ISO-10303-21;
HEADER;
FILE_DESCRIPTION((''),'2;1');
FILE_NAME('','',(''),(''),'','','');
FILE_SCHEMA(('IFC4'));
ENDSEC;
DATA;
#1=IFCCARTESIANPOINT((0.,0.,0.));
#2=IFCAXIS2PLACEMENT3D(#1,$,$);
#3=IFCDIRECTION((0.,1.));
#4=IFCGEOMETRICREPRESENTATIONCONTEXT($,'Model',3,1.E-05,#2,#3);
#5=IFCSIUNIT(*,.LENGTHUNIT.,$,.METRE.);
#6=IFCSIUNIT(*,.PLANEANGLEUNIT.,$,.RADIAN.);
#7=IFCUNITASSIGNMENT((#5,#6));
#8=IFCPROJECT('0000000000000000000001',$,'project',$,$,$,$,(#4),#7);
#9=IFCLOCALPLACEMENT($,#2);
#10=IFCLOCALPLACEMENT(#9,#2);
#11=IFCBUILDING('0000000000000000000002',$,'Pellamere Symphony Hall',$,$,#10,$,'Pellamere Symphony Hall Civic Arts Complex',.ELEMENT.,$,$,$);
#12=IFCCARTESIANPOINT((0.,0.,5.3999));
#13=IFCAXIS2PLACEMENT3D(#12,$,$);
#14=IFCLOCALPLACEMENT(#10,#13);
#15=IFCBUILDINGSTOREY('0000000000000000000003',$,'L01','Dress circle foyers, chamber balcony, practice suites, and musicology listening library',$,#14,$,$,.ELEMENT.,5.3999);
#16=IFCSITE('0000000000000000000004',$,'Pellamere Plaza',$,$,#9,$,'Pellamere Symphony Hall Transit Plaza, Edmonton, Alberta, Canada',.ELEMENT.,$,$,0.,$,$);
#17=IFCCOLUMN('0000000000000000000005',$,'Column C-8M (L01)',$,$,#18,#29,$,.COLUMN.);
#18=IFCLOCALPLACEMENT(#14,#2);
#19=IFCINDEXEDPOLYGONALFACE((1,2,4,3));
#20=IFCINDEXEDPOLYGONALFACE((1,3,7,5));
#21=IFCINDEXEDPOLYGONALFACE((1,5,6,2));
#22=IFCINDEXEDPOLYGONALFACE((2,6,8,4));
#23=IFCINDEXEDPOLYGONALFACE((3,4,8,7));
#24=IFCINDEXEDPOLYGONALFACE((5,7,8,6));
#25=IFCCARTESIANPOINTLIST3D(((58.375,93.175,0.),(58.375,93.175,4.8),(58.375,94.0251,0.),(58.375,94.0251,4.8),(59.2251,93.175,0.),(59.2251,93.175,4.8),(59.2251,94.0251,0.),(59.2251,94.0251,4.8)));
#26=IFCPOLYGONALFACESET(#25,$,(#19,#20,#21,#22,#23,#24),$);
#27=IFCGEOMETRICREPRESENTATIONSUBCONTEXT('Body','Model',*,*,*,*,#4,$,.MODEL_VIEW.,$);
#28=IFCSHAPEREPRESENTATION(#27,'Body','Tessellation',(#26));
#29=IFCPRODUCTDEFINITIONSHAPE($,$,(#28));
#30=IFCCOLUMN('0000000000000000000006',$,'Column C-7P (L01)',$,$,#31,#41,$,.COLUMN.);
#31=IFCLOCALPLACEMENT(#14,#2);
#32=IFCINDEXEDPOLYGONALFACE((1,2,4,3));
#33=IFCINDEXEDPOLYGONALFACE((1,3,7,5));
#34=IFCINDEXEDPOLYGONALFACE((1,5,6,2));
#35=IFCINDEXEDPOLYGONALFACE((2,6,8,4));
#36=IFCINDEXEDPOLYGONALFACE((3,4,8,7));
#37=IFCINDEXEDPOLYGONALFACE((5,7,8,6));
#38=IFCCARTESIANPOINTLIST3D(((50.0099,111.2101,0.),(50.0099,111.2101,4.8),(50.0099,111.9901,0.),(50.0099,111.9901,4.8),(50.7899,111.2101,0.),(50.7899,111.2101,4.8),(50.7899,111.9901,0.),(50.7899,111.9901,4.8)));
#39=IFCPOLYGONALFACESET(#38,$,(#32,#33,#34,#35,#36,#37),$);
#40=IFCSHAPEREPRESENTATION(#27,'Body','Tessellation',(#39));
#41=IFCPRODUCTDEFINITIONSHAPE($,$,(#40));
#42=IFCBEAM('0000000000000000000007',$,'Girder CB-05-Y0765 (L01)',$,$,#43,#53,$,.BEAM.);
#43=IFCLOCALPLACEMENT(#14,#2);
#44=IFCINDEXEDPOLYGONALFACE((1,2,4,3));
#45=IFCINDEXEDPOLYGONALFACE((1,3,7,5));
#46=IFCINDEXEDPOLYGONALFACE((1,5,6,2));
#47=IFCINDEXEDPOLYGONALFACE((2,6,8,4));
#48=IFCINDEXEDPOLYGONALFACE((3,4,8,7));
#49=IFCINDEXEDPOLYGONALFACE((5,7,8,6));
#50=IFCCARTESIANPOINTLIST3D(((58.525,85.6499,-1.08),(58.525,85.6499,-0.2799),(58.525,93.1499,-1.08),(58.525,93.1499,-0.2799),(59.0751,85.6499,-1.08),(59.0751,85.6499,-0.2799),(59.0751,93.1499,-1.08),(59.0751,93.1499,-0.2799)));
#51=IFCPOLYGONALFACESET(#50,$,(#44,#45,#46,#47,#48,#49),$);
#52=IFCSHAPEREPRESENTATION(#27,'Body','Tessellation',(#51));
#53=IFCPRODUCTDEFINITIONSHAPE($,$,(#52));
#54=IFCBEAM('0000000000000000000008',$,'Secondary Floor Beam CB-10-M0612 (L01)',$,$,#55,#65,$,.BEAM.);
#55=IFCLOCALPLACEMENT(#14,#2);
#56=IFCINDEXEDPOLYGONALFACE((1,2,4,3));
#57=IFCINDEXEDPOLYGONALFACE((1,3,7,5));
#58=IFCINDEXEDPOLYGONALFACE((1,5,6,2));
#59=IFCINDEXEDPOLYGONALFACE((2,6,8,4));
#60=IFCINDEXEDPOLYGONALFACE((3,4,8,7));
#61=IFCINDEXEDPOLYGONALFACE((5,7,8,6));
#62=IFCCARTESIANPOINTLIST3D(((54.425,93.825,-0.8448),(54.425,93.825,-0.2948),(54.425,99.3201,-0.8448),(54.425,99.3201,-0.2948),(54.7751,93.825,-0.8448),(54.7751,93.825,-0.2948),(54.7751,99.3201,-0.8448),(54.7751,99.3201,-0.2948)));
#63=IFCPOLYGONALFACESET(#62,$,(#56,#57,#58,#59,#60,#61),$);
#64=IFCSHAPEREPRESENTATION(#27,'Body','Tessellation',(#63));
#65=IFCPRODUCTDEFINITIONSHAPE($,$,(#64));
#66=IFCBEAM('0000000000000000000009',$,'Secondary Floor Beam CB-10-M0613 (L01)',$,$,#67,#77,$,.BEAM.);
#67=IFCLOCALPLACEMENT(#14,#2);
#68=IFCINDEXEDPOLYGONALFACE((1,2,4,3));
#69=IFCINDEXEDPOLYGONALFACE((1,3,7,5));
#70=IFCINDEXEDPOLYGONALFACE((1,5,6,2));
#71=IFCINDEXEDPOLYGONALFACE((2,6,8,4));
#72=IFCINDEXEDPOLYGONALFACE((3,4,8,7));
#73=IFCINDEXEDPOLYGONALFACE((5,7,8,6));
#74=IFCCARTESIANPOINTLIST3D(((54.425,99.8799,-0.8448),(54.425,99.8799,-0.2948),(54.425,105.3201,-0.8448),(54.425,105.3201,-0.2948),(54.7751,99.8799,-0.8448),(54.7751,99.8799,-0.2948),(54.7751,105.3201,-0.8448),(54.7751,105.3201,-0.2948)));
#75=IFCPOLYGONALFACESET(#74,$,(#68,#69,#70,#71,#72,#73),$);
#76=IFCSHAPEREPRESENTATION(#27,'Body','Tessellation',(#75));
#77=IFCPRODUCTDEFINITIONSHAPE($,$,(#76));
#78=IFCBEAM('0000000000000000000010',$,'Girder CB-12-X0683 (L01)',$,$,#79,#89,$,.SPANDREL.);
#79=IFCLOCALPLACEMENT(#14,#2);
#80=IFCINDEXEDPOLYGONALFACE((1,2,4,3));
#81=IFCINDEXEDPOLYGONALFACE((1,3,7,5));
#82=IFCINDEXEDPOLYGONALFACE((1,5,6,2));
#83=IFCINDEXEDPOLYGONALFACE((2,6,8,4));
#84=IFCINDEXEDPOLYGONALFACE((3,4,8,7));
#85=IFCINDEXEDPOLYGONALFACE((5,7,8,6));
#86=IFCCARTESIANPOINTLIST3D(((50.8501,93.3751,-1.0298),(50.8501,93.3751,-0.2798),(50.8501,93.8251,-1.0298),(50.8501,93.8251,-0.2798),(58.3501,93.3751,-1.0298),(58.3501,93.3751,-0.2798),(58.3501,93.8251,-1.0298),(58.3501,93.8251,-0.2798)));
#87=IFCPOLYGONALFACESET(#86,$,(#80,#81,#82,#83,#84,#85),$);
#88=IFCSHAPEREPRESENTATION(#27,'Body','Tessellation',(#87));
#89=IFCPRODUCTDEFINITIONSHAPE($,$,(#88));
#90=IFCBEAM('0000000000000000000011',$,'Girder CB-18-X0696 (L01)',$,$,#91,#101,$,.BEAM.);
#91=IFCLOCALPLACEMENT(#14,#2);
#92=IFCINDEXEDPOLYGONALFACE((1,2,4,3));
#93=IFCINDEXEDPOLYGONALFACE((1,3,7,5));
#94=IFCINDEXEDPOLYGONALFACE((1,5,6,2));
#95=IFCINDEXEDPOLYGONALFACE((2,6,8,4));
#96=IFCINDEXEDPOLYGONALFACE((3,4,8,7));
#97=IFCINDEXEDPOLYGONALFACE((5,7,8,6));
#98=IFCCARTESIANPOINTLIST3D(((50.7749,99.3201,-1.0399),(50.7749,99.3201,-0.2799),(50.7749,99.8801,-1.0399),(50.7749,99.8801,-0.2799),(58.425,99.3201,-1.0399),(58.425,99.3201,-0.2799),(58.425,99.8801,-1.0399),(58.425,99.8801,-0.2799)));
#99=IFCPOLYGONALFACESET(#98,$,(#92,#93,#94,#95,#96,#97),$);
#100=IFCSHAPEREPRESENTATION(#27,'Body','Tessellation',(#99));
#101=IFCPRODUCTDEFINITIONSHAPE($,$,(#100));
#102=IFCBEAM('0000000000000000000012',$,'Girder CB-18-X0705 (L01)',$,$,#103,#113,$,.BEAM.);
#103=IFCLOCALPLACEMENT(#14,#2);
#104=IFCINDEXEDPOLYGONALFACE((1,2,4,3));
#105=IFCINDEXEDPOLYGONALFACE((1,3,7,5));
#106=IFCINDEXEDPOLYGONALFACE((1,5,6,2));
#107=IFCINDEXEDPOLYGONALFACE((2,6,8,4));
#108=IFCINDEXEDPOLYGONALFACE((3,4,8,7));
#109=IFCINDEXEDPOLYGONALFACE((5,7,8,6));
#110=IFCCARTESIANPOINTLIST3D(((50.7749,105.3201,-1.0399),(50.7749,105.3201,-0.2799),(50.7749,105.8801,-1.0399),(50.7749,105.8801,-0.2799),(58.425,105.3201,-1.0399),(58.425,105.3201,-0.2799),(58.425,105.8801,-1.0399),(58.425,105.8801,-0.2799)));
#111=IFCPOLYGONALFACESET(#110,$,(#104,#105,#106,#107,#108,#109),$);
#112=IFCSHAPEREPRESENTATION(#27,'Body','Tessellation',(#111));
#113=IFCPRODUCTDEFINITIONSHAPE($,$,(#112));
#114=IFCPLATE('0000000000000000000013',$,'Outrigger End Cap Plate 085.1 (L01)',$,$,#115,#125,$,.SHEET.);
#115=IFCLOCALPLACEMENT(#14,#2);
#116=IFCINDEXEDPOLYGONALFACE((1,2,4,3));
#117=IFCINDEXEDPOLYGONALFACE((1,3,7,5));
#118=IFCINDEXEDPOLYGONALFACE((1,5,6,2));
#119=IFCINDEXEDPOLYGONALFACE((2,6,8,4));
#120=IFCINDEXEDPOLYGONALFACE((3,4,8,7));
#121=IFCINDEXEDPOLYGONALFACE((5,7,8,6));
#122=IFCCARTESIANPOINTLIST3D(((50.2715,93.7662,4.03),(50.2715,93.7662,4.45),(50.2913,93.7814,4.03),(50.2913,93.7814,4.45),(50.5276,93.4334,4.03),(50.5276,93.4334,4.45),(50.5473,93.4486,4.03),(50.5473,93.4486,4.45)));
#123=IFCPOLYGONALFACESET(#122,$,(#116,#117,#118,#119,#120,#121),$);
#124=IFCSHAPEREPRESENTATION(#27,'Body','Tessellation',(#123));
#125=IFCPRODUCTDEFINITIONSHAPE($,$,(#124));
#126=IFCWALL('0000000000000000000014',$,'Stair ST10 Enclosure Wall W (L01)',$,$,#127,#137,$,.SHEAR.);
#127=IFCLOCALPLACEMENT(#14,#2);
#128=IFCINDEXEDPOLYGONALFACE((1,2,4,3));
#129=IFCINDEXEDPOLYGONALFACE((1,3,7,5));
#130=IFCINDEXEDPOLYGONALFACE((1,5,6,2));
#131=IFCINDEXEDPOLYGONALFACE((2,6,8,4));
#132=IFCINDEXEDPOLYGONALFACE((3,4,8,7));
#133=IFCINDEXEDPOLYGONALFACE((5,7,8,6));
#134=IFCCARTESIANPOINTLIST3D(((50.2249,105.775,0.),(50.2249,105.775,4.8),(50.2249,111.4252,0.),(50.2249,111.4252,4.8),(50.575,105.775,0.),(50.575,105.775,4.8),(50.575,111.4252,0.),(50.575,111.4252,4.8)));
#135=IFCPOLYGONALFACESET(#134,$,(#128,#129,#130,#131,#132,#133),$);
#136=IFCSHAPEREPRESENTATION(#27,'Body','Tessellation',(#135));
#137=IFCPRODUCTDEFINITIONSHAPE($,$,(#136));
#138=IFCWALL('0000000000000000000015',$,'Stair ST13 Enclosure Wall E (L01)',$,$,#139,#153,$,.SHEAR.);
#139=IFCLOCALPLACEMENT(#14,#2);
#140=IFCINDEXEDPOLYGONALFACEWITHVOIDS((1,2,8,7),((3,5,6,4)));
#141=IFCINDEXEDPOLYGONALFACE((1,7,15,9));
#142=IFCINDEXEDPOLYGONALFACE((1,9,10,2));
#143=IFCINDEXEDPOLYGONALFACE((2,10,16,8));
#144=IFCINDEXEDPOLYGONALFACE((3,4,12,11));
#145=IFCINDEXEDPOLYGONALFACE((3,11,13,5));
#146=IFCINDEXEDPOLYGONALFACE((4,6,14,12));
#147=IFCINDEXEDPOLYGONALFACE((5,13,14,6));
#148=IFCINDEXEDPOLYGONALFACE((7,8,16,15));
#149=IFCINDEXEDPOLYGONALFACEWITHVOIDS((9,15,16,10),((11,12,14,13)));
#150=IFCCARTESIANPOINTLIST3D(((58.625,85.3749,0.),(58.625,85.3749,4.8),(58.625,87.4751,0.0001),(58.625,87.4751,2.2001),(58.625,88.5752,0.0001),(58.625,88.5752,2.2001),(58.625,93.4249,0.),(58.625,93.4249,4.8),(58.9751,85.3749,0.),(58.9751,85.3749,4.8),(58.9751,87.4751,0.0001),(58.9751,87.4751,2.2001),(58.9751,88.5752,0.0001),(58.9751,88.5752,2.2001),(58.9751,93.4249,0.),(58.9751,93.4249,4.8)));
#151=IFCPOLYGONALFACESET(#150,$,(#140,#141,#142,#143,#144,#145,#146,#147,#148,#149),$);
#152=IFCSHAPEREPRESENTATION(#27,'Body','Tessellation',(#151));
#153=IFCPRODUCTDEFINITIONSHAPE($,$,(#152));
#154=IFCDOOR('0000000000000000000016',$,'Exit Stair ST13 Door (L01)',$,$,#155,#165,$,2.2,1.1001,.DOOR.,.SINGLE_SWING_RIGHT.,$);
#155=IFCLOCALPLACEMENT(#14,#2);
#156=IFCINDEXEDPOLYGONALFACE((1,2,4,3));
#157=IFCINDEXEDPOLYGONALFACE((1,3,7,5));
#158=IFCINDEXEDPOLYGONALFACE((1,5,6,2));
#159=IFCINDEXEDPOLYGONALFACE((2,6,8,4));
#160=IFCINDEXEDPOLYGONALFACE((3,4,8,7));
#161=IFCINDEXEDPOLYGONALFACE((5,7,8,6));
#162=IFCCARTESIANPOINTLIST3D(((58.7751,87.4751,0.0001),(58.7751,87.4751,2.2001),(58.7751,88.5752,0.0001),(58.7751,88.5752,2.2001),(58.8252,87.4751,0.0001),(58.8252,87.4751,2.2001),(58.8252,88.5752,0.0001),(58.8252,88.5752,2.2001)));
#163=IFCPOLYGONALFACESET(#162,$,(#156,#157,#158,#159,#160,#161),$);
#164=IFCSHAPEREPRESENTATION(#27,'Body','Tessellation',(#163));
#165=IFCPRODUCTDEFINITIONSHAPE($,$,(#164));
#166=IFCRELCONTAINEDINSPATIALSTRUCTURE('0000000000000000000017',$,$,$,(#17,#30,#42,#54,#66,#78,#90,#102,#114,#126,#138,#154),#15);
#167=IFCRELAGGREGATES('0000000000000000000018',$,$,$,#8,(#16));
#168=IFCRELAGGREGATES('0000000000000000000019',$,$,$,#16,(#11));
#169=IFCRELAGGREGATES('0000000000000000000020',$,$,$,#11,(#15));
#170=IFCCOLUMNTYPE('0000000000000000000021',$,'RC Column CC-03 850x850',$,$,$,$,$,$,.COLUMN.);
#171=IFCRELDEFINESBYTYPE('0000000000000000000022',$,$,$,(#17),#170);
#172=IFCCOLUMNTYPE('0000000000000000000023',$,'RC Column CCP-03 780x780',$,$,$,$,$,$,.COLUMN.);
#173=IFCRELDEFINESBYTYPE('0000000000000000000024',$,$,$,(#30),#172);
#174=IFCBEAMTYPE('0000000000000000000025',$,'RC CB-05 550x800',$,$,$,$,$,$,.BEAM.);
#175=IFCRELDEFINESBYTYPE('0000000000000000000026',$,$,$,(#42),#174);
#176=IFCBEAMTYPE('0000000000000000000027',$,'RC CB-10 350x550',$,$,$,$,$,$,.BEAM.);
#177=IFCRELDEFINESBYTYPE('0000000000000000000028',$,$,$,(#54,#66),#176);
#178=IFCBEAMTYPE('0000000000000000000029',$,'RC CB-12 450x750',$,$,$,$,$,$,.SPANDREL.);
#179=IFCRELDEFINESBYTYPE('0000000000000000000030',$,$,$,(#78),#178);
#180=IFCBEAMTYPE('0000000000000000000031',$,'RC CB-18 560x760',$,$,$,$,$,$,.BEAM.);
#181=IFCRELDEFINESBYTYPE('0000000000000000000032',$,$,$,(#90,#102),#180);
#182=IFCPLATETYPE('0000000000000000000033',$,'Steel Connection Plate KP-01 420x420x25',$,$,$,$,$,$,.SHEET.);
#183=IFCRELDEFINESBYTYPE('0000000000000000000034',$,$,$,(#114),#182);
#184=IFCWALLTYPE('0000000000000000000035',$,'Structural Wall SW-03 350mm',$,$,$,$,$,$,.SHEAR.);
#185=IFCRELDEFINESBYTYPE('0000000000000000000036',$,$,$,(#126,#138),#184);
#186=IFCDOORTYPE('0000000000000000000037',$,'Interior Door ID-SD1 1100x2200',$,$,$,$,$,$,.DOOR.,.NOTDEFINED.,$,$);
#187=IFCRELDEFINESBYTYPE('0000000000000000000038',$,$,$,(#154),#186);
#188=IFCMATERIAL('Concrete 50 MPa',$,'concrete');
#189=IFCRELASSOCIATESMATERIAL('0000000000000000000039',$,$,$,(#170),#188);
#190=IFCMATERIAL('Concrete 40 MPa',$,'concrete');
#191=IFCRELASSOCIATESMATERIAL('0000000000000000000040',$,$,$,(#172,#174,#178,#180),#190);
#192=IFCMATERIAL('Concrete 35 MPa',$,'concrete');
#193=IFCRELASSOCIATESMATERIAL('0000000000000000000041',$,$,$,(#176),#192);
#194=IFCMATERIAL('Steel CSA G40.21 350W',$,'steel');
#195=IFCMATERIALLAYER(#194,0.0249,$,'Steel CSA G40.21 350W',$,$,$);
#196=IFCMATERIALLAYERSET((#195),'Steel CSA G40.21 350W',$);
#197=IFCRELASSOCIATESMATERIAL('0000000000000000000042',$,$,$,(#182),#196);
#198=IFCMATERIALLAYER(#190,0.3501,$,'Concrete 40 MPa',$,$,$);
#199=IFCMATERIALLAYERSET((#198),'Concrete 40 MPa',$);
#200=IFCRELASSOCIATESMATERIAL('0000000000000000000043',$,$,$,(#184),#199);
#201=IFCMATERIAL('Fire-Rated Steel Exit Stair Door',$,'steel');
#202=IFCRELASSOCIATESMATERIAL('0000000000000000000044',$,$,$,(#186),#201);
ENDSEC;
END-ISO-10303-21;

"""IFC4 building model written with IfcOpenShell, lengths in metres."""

from ifc_helpers import new_model, si_unit, direction, frame, frame_2d, origin, origin_2d, place, context, subcontext, project, spatial, rectangle, extrude, material, layer, layer_set, material_profile, profile_set, type_object, element, fill, save


model = new_model("IFC4")

# Units and contexts
model_context = context("Model", 3, precision=1e-05, world=origin(), true_north=direction((0.0, 1.0)))
body_context = subcontext(model_context, "Body", "Model", "MODEL_VIEW")
ifc_project = project(units=[si_unit("LENGTHUNIT", "METRE"), si_unit("PLANEANGLEUNIT", "RADIAN")], contexts=[model_context])

# Site, building, storey
site_placement = place(None, origin())
site = spatial("IfcSite", under=ifc_project, at=site_placement, Name="Pellamere Plaza", LongName="Pellamere Symphony Hall Transit Plaza, Edmonton, Alberta, Canada", CompositionType="ELEMENT", RefElevation=0.0)
building_placement = place(site_placement, origin())
building = spatial("IfcBuilding", under=site, at=building_placement, Name="Pellamere Symphony Hall", LongName="Pellamere Symphony Hall Civic Arts Complex", CompositionType="ELEMENT")
storey_placement = place(building_placement, frame((0.0, 0.0, 5.3999)))
storey = spatial("IfcBuildingStorey", under=building, at=storey_placement, Name="L01", Description="Dress circle foyers, chamber balcony, practice suites, and musicology listening library", CompositionType="ELEMENT", Elevation=5.3999)

# Columns
ifc_material_1 = material(Name="Concrete 50 MPa", Category="concrete")
ifc_material_profile_1 = material_profile(ifc_material_1, rectangle(XDim=0.8501, YDim=0.8501, at=origin_2d()), Name="RC 850x850")
ifc_profile_set_1 = profile_set([ifc_material_profile_1], Name="Concrete 50 MPa")
column_type_1 = type_object("IfcColumnType", Name="RC Column CC-03 850x850", PredefinedType="COLUMN", material=ifc_profile_set_1)
column_1_placement = place(storey_placement, frame((58.8, 93.6001, 0.0), z_axis=(0.0, 0.0, 1.0), x_axis=(1.0, 0.0, 0.0)))
element("IfcColumn", 1, at=column_1_placement, inside=storey, type_object=column_type_1, Name="Column C-8M (L01)", PredefinedType="COLUMN", context=body_context, shape_type="SweptSolid", body=[
    extrude(rectangle(XDim=0.8501, YDim=0.8501, at=origin_2d()), origin(), (0.0, 0.0, 1.0), 4.8),
])
ifc_material_2 = material(Name="Concrete 40 MPa", Category="concrete")
ifc_material_profile_2 = material_profile(ifc_material_2, rectangle(XDim=0.78, YDim=0.78, at=origin_2d()), Name="RC 780x780")
ifc_profile_set_2 = profile_set([ifc_material_profile_2], Name="Concrete 40 MPa")
column_type_2 = type_object("IfcColumnType", Name="RC Column CCP-03 780x780", PredefinedType="COLUMN", material=ifc_profile_set_2)
column_2_placement = place(storey_placement, frame((50.3999, 111.6001, 0.0), z_axis=(0.0, 0.0, 1.0), x_axis=(1.0, 0.0, 0.0)))
element("IfcColumn", 2, at=column_2_placement, inside=storey, type_object=column_type_2, Name="Column C-7P (L01)", PredefinedType="COLUMN", context=body_context, shape_type="SweptSolid", body=[
    extrude(rectangle(XDim=0.78, YDim=0.78, at=origin_2d()), origin(), (0.0, 0.0, 1.0), 4.8),
])

# Beams
ifc_material_profile_3 = material_profile(ifc_material_2, rectangle(XDim=0.55, YDim=0.8, at=origin_2d()), Name="RC 550x800")
ifc_profile_set_3 = profile_set([ifc_material_profile_3], Name="Concrete 40 MPa")
beam_type_1 = type_object("IfcBeamType", Name="RC CB-05 550x800", PredefinedType="BEAM", material=ifc_profile_set_3)
beam_1_placement = place(storey_placement, frame((58.8, 85.6499, -0.6799), z_axis=(0.0, 1.0, 0.0), x_axis=(-1.0, 0.0, 0.0)))
element("IfcBeam", 3, at=beam_1_placement, inside=storey, type_object=beam_type_1, Name="Girder CB-05-Y0765 (L01)", PredefinedType="BEAM", context=body_context, shape_type="SweptSolid", body=[
    extrude(rectangle(XDim=0.55, YDim=0.8, at=origin_2d()), origin(), (0.0, 0.0, 1.0), 7.5),
])
ifc_material_3 = material(Name="Concrete 35 MPa", Category="concrete")
ifc_material_profile_4 = material_profile(ifc_material_3, rectangle(XDim=0.3501, YDim=0.55, at=origin_2d()), Name="RC 350x550")
ifc_profile_set_4 = profile_set([ifc_material_profile_4], Name="Concrete 35 MPa")
beam_type_2 = type_object("IfcBeamType", Name="RC CB-10 350x550", PredefinedType="BEAM", material=ifc_profile_set_4)
beam_2_placement = place(storey_placement, frame((54.6001, 93.825, -0.5698), z_axis=(0.0, 1.0, 0.0), x_axis=(-1.0, 0.0, 0.0)))
element("IfcBeam", 4, at=beam_2_placement, inside=storey, type_object=beam_type_2, Name="Secondary Floor Beam CB-10-M0612 (L01)", PredefinedType="BEAM", context=body_context, shape_type="SweptSolid", body=[
    extrude(rectangle(XDim=0.3501, YDim=0.55, at=origin_2d()), origin(), (0.0, 0.0, 1.0), 5.4951),
])
beam_3_placement = place(storey_placement, frame((54.6001, 99.8799, -0.5698), z_axis=(0.0, 1.0, 0.0), x_axis=(-1.0, 0.0, 0.0)))
element("IfcBeam", 5, at=beam_3_placement, inside=storey, type_object=beam_type_2, Name="Secondary Floor Beam CB-10-M0613 (L01)", PredefinedType="BEAM", context=body_context, shape_type="SweptSolid", body=[
    extrude(rectangle(XDim=0.3501, YDim=0.55, at=origin_2d()), origin(), (0.0, 0.0, 1.0), 5.4402),
])
ifc_material_profile_5 = material_profile(ifc_material_2, rectangle(XDim=0.45, YDim=0.75, at=origin_2d()), Name="RC 450x750")
ifc_profile_set_5 = profile_set([ifc_material_profile_5], Name="Concrete 40 MPa")
beam_type_3 = type_object("IfcBeamType", Name="RC CB-12 450x750", PredefinedType="SPANDREL", material=ifc_profile_set_5)
beam_4_placement = place(storey_placement, frame((50.8501, 93.6001, -0.6548), z_axis=(1.0, 0.0, 0.0), x_axis=(0.0, 1.0, 0.0)))
element("IfcBeam", 6, at=beam_4_placement, inside=storey, type_object=beam_type_3, Name="Girder CB-12-X0683 (L01)", PredefinedType="SPANDREL", context=body_context, shape_type="SweptSolid", body=[
    extrude(rectangle(XDim=0.45, YDim=0.75, at=origin_2d()), origin(), (0.0, 0.0, 1.0), 7.5),
])
ifc_material_profile_6 = material_profile(ifc_material_2, rectangle(XDim=0.5601, YDim=0.76, at=origin_2d()), Name="RC 560x760")
ifc_profile_set_6 = profile_set([ifc_material_profile_6], Name="Concrete 40 MPa")
beam_type_4 = type_object("IfcBeamType", Name="RC CB-18 560x760", PredefinedType="BEAM", material=ifc_profile_set_6)
for number, where, z_axis, x_axis, name in (
    (7, (50.7749, 99.6001, -0.6599), (1.0, 0.0, 0.0), (0.0, 1.0, 0.0), "Girder CB-18-X0696 (L01)"),
    (8, (50.7749, 105.6001, -0.6599), (1.0, 0.0, 0.0), (0.0, 1.0, 0.0), "Girder CB-18-X0705 (L01)"),
):
    element("IfcBeam", number, at=place(storey_placement, frame(where, z_axis=z_axis, x_axis=x_axis)), inside=storey, type_object=beam_type_4, Name=name, PredefinedType="BEAM", context=body_context, shape_type="SweptSolid", body=[
        extrude(rectangle(XDim=0.5601, YDim=0.76, at=origin_2d()), origin(), (0.0, 0.0, 1.0), 7.6501),
    ])

# Plate
ifc_material_4 = material(Name="Steel CSA G40.21 350W", Category="steel")
ifc_layer_1 = layer(ifc_material_4, 0.0249, Name="Steel CSA G40.21 350W")
ifc_layer_set_1 = layer_set([ifc_layer_1], Name="Steel CSA G40.21 350W")
plate_type = type_object("IfcPlateType", Name="Steel Connection Plate KP-01 420x420x25", PredefinedType="SHEET", material=ifc_layer_set_1)
plate_placement = place(storey_placement, frame((50.4094, 93.6074, 4.03), z_axis=(0.0, 0.0, 1.0), x_axis=(-0.792609, -0.60973, 0.0)))
element("IfcPlate", 9, at=plate_placement, inside=storey, type_object=plate_type, Name="Outrigger End Cap Plate 085.1 (L01)", PredefinedType="SHEET", context=body_context, shape_type="SweptSolid", body=[
    extrude(rectangle(XDim=0.0249, YDim=0.4199, at=origin_2d()), origin(), (0.0, 0.0, 1.0), 0.4199),
])

# Wall
ifc_layer_2 = layer(ifc_material_2, 0.3501, Name="Concrete 40 MPa")
ifc_layer_set_2 = layer_set([ifc_layer_2], Name="Concrete 40 MPa")
wall_type_1 = type_object("IfcWallType", Name="Structural Wall SW-03 350mm", PredefinedType="SHEAR", material=ifc_layer_set_2)
wall_1_placement = place(storey_placement, frame((50.3999, 105.7749, 0.0), z_axis=(0.0, 0.0, 1.0), x_axis=(0.0, 1.0, 0.0)))
element("IfcWall", 10, at=wall_1_placement, inside=storey, type_object=wall_type_1, Name="Stair ST10 Enclosure Wall W (L01)", PredefinedType="SHEAR", context=body_context, shape_type="SweptSolid", body=[
    extrude(rectangle(XDim=5.6501, YDim=0.3501, at=frame_2d((2.8252, 0.0))), origin(), (0.0, 0.0, 1.0), 4.8),
])

# Wall, opening, door
wall_2_placement = place(storey_placement, frame((58.8, 85.375, 0.0), z_axis=(0.0, 0.0, 1.0), x_axis=(0.0, 1.0, 0.0)))
wall_2 = element("IfcWall", 11, at=wall_2_placement, inside=storey, type_object=wall_type_1, Name="Stair ST13 Enclosure Wall E (L01)", PredefinedType="SHEAR", context=body_context, shape_type="SweptSolid", body=[
    extrude(rectangle(XDim=8.05, YDim=0.3501, at=frame_2d((4.0249, 0.0))), origin(), (0.0, 0.0, 1.0), 4.8),
])
opening_placement = place(wall_2_placement, frame((2.1001, 0.0, 0.0)))
opening = element("IfcOpeningElement", 12, at=opening_placement, cuts=wall_2, PredefinedType="OPENING", context=body_context, shape_type="SweptSolid", body=[
    extrude(rectangle(XDim=1.1001, YDim=2.2, at=frame_2d((0.55, 1.1001))), frame((0.0, 0.1851, 0.0), z_axis=(0.0, -1.0, 0.0), x_axis=(1.0, 0.0, 0.0)), (0.0, 0.0, 1.0), 0.3701),
])
ifc_material_5 = material(Name="Fire-Rated Steel Exit Stair Door", Category="steel")
door_type = type_object("IfcDoorType", Name="Interior Door ID-SD1 1100x2200", OperationType="NOTDEFINED", PredefinedType="DOOR", material=ifc_material_5)
door_placement = place(opening_placement, origin())
door = element("IfcDoor", 13, at=door_placement, inside=storey, type_object=door_type, Name="Exit Stair ST13 Door (L01)", OperationType="SINGLE_SWING_RIGHT", OverallHeight=2.2, OverallWidth=1.1001, PredefinedType="DOOR", context=body_context, shape_type="SweptSolid", body=[
    extrude(rectangle(XDim=1.1001, YDim=2.2, at=frame_2d((0.55, 1.1001))), frame((0.0, 0.0249, 0.0), z_axis=(0.0, -1.0, 0.0), x_axis=(1.0, 0.0, 0.0)), (0.0, 0.0, 1.0), 0.05),
])
fill(opening, door)

save(model, "model.ifc")
